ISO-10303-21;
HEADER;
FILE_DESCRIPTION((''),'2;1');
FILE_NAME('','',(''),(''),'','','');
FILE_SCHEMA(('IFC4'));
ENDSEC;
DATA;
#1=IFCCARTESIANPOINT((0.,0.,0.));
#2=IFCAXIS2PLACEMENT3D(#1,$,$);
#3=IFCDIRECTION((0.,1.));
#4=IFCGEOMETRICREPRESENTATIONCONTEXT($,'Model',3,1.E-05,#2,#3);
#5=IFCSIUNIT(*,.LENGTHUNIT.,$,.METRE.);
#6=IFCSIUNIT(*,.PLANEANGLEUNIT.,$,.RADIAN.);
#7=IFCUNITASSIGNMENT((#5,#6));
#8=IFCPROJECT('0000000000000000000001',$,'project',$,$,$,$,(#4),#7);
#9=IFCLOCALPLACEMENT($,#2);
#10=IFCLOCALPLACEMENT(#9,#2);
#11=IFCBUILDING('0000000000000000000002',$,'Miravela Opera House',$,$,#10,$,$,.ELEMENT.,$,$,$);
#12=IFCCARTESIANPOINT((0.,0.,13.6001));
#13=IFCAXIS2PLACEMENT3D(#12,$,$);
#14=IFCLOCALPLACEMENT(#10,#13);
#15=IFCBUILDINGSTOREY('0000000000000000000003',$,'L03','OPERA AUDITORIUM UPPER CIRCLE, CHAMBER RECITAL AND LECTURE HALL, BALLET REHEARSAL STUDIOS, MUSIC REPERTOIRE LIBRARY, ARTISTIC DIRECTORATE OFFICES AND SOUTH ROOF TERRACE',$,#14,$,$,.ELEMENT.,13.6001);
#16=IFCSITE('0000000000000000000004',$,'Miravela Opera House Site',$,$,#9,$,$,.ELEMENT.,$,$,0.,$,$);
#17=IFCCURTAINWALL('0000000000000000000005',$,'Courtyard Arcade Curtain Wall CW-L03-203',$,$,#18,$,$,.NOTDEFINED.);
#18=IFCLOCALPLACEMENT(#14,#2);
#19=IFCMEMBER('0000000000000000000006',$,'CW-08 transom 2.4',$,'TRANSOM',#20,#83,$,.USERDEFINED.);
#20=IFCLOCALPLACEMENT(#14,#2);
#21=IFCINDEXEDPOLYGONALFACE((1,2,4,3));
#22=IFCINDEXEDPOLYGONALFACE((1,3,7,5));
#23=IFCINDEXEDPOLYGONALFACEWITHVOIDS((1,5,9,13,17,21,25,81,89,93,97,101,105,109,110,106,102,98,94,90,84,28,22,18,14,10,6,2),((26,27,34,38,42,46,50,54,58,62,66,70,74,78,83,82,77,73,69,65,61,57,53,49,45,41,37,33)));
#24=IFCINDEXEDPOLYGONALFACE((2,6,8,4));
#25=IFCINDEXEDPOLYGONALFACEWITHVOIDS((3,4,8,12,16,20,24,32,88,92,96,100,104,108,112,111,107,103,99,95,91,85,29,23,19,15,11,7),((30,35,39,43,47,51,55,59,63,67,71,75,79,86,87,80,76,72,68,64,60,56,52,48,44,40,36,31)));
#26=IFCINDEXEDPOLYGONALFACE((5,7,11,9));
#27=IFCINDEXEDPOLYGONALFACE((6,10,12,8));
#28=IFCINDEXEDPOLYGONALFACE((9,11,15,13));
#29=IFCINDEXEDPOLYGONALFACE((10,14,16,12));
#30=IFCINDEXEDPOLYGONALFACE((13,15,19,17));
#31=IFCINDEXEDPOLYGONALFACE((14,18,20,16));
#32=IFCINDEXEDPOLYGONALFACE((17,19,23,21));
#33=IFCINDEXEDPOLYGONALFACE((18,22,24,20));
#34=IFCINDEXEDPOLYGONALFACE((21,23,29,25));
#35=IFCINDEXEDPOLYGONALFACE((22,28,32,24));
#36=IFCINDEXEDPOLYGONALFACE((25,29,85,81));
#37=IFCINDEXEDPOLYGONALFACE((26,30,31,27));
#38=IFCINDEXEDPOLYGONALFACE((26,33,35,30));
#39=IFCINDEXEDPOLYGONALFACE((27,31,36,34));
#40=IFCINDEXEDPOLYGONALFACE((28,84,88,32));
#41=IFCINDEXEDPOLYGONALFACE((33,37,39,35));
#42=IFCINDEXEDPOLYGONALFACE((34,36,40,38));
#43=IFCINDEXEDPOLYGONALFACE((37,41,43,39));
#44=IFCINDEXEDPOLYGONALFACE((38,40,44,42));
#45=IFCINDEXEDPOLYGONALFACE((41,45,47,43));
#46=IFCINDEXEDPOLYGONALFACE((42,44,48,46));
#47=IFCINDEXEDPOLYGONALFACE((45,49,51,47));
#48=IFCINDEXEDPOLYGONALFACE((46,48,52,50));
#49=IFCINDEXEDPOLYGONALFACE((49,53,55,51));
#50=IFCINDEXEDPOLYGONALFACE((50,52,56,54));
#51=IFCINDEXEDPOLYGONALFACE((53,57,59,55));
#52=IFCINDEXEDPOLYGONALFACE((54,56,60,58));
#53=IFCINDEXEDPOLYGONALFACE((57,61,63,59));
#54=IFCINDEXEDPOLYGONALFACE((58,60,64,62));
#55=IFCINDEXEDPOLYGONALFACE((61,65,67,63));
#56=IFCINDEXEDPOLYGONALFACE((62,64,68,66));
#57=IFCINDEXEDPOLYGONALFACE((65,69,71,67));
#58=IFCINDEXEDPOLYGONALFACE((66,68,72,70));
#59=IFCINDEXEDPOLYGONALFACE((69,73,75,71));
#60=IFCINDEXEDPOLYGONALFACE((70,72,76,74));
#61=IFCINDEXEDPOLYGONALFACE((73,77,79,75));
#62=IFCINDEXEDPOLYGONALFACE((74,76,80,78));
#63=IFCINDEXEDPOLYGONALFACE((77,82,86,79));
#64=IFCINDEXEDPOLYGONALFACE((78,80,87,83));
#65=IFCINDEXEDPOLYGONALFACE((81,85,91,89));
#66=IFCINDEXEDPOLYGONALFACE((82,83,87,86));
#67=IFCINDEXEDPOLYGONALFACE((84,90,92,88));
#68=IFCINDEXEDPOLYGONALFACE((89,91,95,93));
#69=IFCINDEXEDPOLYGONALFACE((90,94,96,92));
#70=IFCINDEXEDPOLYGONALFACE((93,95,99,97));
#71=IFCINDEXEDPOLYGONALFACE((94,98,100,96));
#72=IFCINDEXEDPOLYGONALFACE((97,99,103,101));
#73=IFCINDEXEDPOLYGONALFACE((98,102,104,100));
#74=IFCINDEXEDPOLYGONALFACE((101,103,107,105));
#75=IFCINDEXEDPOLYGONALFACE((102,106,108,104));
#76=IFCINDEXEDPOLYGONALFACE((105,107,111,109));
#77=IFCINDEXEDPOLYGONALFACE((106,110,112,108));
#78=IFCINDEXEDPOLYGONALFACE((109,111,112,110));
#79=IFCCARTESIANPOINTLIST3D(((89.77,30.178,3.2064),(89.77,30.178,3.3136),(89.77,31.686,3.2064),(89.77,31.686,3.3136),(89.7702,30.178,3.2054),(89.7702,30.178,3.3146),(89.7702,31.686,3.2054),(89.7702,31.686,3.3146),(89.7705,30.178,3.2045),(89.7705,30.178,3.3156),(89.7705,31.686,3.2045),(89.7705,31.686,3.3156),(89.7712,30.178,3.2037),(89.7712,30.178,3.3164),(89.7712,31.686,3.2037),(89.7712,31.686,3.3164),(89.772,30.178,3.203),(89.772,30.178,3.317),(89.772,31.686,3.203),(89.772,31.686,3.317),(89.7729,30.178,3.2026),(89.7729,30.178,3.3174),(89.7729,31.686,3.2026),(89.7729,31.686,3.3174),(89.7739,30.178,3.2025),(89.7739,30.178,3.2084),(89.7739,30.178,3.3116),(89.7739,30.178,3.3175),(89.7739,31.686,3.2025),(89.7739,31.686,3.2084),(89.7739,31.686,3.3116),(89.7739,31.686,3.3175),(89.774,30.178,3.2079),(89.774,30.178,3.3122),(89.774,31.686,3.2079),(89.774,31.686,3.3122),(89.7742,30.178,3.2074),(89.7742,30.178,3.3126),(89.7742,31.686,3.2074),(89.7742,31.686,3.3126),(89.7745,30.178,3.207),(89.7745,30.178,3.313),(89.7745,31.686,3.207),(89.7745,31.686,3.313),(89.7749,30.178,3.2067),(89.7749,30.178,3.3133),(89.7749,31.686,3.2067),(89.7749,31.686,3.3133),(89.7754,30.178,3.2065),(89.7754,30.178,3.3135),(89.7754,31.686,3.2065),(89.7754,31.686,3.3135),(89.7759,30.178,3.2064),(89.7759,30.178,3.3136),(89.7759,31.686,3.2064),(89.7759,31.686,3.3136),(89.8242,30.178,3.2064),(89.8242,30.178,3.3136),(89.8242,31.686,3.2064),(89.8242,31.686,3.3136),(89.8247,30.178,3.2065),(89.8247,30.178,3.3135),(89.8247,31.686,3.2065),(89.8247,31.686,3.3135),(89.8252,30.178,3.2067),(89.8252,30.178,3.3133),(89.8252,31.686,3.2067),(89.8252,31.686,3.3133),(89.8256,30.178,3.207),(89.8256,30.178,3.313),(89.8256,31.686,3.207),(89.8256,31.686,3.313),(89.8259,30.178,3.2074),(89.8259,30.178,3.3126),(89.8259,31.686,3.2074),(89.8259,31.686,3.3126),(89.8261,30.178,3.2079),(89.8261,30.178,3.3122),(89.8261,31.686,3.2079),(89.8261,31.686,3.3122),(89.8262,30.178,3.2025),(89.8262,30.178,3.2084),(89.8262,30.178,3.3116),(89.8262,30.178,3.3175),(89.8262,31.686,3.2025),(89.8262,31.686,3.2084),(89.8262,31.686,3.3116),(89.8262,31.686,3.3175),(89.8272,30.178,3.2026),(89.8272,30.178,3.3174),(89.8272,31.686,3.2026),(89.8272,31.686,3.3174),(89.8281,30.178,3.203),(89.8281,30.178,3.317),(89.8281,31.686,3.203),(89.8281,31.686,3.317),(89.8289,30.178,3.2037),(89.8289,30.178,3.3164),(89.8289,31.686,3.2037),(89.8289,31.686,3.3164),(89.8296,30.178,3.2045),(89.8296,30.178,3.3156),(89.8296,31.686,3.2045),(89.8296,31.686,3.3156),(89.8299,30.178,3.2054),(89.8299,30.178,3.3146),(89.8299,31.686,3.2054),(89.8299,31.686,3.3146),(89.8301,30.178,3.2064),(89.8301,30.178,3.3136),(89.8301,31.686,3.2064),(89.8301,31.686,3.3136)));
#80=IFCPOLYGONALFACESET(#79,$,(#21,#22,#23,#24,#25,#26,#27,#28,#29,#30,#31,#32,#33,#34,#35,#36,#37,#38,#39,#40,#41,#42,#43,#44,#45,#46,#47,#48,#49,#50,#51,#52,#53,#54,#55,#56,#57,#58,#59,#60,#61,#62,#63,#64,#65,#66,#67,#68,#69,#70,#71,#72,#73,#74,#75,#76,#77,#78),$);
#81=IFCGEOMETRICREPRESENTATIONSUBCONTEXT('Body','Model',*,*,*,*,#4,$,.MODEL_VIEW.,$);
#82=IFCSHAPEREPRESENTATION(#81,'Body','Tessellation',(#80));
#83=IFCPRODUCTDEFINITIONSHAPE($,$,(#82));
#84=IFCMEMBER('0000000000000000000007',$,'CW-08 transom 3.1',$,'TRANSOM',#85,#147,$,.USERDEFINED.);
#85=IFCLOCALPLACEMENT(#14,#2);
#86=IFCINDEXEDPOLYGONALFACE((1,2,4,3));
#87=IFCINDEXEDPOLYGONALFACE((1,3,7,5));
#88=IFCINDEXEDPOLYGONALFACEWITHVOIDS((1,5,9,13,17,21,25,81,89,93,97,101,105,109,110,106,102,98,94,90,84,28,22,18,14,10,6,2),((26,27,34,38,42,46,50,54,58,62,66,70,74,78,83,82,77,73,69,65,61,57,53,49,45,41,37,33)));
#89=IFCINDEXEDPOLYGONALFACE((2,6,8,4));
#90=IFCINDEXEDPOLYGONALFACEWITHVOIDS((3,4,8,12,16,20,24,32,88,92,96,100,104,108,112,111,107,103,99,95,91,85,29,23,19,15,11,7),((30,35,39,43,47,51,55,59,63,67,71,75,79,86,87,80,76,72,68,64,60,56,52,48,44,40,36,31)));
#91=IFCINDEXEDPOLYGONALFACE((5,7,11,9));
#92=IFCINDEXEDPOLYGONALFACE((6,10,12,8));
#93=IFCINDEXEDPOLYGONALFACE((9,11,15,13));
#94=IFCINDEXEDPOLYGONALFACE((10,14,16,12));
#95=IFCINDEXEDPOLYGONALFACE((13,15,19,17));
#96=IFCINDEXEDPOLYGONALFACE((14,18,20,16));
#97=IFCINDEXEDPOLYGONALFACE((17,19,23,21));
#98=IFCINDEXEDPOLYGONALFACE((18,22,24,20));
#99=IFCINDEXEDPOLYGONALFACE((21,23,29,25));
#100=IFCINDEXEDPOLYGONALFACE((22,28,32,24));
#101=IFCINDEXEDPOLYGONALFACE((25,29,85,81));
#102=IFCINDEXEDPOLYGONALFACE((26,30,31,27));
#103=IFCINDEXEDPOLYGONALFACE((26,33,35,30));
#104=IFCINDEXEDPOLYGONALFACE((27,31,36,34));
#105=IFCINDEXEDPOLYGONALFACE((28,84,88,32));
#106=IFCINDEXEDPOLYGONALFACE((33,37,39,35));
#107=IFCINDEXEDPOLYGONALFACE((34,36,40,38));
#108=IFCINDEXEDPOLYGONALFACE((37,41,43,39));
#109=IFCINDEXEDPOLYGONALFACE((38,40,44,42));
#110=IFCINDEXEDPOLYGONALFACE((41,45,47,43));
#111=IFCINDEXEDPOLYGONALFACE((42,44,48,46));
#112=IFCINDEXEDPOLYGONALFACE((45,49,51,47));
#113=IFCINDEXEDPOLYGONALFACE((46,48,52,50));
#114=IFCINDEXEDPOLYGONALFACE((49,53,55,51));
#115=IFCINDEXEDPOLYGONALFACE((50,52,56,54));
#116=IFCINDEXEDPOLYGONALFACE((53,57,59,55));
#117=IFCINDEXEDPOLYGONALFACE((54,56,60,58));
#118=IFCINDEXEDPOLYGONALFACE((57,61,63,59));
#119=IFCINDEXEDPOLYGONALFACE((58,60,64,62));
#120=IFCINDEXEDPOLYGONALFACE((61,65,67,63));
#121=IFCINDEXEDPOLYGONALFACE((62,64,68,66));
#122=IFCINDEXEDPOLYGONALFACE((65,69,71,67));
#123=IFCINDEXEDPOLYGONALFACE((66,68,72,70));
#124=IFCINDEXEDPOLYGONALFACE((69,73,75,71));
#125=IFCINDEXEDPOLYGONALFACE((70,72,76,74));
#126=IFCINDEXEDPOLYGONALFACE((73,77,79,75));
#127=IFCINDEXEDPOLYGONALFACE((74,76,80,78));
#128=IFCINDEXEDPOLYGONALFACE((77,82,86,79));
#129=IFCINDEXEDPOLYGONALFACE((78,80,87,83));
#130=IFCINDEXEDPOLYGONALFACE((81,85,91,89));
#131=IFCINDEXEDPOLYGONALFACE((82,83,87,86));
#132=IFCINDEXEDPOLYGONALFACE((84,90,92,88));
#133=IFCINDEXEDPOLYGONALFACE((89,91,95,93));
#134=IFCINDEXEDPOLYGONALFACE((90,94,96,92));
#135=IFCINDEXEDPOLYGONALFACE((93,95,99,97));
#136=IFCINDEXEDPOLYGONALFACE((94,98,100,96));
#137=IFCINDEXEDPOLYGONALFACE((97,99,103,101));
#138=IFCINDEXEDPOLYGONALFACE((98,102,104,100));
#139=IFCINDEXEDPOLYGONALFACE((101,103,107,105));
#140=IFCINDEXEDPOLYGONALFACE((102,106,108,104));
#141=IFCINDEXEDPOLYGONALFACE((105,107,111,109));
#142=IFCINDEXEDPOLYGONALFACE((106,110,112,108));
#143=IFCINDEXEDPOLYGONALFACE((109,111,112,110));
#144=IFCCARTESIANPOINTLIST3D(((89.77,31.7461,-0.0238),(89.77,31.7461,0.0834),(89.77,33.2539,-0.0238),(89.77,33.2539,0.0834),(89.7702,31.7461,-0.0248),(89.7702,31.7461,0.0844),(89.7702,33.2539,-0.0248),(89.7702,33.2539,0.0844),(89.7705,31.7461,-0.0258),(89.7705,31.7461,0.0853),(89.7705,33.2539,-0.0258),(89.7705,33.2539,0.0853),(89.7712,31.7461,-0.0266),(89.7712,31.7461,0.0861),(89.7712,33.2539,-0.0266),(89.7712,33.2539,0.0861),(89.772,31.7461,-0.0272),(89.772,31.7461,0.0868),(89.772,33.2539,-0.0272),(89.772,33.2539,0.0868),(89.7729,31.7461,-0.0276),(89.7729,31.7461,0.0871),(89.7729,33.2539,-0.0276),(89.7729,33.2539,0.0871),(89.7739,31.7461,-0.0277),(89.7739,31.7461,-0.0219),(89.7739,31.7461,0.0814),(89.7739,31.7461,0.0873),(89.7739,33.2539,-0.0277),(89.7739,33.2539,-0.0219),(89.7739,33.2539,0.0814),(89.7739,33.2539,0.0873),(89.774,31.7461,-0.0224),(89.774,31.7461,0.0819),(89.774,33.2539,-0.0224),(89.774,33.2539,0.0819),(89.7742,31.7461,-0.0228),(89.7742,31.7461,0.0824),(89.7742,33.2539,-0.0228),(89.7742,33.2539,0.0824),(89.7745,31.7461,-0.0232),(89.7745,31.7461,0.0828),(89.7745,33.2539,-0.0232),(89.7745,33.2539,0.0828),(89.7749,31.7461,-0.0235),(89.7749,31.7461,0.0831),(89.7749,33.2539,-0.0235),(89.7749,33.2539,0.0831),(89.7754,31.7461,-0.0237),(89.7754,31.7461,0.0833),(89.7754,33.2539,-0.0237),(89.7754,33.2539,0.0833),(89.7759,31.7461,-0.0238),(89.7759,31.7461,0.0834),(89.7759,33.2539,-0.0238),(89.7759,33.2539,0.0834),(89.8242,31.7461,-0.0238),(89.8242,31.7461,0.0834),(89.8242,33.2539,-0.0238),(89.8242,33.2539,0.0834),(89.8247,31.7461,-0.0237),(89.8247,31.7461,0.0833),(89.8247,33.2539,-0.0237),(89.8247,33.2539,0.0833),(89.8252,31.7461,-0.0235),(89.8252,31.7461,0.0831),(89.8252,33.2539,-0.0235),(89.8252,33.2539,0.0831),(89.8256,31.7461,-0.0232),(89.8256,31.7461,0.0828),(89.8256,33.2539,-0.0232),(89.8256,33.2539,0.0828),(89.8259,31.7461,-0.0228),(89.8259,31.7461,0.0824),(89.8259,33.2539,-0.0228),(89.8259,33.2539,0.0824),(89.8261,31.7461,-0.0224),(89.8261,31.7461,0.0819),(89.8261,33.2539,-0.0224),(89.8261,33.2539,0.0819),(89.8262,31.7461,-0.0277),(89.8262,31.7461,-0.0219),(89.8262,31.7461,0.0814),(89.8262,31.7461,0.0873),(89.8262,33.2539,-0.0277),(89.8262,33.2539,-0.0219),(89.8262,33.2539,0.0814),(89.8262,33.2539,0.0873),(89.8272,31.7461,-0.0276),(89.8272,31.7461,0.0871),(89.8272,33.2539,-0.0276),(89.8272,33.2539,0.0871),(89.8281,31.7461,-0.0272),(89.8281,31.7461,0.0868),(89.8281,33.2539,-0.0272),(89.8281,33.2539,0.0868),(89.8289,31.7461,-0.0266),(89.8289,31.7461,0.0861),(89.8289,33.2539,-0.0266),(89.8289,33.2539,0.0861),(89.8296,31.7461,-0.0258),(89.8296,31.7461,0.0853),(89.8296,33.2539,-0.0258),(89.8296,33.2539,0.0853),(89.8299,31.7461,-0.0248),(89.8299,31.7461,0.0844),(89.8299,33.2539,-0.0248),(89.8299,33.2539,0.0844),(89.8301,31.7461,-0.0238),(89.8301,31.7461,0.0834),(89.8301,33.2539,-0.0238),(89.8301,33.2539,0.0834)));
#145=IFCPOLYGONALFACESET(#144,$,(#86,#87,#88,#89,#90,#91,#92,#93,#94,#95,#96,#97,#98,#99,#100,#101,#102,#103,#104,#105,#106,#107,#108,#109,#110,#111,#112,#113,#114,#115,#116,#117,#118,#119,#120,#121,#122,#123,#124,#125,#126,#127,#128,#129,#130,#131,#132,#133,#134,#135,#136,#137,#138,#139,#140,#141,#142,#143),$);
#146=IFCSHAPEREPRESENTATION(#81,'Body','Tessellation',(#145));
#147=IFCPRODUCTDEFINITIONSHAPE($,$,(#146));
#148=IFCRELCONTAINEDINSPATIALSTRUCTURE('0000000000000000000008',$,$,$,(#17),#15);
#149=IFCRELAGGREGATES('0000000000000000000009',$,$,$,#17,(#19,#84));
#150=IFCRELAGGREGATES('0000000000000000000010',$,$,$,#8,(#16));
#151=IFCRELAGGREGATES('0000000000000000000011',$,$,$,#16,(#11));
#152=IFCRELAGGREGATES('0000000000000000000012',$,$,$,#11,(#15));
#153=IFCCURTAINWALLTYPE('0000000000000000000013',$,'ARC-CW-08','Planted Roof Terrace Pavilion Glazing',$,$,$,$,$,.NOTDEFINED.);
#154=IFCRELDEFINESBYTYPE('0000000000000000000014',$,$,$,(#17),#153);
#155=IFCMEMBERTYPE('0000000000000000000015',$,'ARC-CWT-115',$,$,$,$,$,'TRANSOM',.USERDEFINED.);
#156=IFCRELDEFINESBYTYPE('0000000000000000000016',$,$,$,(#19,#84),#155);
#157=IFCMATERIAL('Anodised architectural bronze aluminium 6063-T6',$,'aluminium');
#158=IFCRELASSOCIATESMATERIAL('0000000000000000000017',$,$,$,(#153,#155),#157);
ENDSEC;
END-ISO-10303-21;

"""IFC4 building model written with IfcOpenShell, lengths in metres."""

from ifc_helpers import new_model, si_unit, direction, frame, origin, origin_2d, place, context, subcontext, project, spatial, hollow_rectangle, extrude, material, material_profile, profile_set, type_object, element, aggregate, save


model = new_model("IFC4")

# Units and contexts
model_context = context("Model", 3, precision=1e-05, world=origin(), true_north=direction((0.0, 1.0)))
body_context = subcontext(model_context, "Body", "Model", "MODEL_VIEW")
ifc_project = project(units=[si_unit("LENGTHUNIT", "METRE"), si_unit("PLANEANGLEUNIT", "RADIAN")], contexts=[model_context])

# Site, building, storey
site_placement = place(None, origin())
site = spatial("IfcSite", under=ifc_project, at=site_placement, Name="Miravela Opera House Site", CompositionType="ELEMENT", RefElevation=0.0)
building_placement = place(site_placement, origin())
building = spatial("IfcBuilding", under=site, at=building_placement, Name="Miravela Opera House", CompositionType="ELEMENT")
storey_placement = place(building_placement, frame((0.0, 0.0, 13.6001)))
storey = spatial("IfcBuildingStorey", under=building, at=storey_placement, Name="L03", Description="OPERA AUDITORIUM UPPER CIRCLE, CHAMBER RECITAL AND LECTURE HALL, BALLET REHEARSAL STUDIOS, MUSIC REPERTOIRE LIBRARY, ARTISTIC DIRECTORATE OFFICES AND SOUTH ROOF TERRACE", CompositionType="ELEMENT", Elevation=13.6001)

# Curtain wall, members
ifc_material_1 = material(Name="Anodised architectural bronze aluminium 6063-T6", Category="aluminium")
curtain_wall_type = type_object("IfcCurtainWallType", Name="ARC-CW-08", Description="Planted Roof Terrace Pavilion Glazing", PredefinedType="NOTDEFINED", material=ifc_material_1)
curtain_wall_placement = place(storey_placement, origin())
curtain_wall = element("IfcCurtainWall", 1, at=curtain_wall_placement, inside=storey, type_object=curtain_wall_type, Name="Courtyard Arcade Curtain Wall CW-L03-203", PredefinedType="NOTDEFINED")
ifc_material_profile_1 = material_profile(ifc_material_1, hollow_rectangle(XDim=0.0601, YDim=0.115, WallThickness=0.0039, InnerFilletRadius=0.002, OuterFilletRadius=0.0039, at=origin_2d()), Name="CWT-60X115")
ifc_profile_set_1 = profile_set([ifc_material_profile_1])
member_type_1 = type_object("IfcMemberType", Name="ARC-CWT-115", ElementType="TRANSOM", PredefinedType="USERDEFINED", material=ifc_profile_set_1)
member_1_placement = place(storey_placement, frame((89.8, 30.178, 3.26), z_axis=(0.0, 1.0, 0.0), x_axis=(-1.0, 0.0, 0.0)))
member_1 = element("IfcMember", 2, at=member_1_placement, type_object=member_type_1, Name="CW-08 transom 2.4", ObjectType="TRANSOM", PredefinedType="USERDEFINED", context=body_context, shape_type="SweptSolid", body=[
    extrude(hollow_rectangle(XDim=0.0601, YDim=0.115, WallThickness=0.0039, InnerFilletRadius=0.002, OuterFilletRadius=0.0039, at=origin_2d()), origin(), (0.0, 0.0, 1.0), 1.5081),
])
member_2_placement = place(storey_placement, frame((89.8, 31.7461, 0.0298), z_axis=(0.0, 1.0, 0.0), x_axis=(-1.0, 0.0, 0.0)))
member_2 = element("IfcMember", 3, at=member_2_placement, type_object=member_type_1, Name="CW-08 transom 3.1", ObjectType="TRANSOM", PredefinedType="USERDEFINED", context=body_context, shape_type="SweptSolid", body=[
    extrude(hollow_rectangle(XDim=0.0601, YDim=0.115, WallThickness=0.0039, InnerFilletRadius=0.002, OuterFilletRadius=0.0039, at=origin_2d()), origin(), (0.0, 0.0, 1.0), 1.5078),
])
aggregate(curtain_wall, [member_1, member_2])

save(model, "model.ifc")
